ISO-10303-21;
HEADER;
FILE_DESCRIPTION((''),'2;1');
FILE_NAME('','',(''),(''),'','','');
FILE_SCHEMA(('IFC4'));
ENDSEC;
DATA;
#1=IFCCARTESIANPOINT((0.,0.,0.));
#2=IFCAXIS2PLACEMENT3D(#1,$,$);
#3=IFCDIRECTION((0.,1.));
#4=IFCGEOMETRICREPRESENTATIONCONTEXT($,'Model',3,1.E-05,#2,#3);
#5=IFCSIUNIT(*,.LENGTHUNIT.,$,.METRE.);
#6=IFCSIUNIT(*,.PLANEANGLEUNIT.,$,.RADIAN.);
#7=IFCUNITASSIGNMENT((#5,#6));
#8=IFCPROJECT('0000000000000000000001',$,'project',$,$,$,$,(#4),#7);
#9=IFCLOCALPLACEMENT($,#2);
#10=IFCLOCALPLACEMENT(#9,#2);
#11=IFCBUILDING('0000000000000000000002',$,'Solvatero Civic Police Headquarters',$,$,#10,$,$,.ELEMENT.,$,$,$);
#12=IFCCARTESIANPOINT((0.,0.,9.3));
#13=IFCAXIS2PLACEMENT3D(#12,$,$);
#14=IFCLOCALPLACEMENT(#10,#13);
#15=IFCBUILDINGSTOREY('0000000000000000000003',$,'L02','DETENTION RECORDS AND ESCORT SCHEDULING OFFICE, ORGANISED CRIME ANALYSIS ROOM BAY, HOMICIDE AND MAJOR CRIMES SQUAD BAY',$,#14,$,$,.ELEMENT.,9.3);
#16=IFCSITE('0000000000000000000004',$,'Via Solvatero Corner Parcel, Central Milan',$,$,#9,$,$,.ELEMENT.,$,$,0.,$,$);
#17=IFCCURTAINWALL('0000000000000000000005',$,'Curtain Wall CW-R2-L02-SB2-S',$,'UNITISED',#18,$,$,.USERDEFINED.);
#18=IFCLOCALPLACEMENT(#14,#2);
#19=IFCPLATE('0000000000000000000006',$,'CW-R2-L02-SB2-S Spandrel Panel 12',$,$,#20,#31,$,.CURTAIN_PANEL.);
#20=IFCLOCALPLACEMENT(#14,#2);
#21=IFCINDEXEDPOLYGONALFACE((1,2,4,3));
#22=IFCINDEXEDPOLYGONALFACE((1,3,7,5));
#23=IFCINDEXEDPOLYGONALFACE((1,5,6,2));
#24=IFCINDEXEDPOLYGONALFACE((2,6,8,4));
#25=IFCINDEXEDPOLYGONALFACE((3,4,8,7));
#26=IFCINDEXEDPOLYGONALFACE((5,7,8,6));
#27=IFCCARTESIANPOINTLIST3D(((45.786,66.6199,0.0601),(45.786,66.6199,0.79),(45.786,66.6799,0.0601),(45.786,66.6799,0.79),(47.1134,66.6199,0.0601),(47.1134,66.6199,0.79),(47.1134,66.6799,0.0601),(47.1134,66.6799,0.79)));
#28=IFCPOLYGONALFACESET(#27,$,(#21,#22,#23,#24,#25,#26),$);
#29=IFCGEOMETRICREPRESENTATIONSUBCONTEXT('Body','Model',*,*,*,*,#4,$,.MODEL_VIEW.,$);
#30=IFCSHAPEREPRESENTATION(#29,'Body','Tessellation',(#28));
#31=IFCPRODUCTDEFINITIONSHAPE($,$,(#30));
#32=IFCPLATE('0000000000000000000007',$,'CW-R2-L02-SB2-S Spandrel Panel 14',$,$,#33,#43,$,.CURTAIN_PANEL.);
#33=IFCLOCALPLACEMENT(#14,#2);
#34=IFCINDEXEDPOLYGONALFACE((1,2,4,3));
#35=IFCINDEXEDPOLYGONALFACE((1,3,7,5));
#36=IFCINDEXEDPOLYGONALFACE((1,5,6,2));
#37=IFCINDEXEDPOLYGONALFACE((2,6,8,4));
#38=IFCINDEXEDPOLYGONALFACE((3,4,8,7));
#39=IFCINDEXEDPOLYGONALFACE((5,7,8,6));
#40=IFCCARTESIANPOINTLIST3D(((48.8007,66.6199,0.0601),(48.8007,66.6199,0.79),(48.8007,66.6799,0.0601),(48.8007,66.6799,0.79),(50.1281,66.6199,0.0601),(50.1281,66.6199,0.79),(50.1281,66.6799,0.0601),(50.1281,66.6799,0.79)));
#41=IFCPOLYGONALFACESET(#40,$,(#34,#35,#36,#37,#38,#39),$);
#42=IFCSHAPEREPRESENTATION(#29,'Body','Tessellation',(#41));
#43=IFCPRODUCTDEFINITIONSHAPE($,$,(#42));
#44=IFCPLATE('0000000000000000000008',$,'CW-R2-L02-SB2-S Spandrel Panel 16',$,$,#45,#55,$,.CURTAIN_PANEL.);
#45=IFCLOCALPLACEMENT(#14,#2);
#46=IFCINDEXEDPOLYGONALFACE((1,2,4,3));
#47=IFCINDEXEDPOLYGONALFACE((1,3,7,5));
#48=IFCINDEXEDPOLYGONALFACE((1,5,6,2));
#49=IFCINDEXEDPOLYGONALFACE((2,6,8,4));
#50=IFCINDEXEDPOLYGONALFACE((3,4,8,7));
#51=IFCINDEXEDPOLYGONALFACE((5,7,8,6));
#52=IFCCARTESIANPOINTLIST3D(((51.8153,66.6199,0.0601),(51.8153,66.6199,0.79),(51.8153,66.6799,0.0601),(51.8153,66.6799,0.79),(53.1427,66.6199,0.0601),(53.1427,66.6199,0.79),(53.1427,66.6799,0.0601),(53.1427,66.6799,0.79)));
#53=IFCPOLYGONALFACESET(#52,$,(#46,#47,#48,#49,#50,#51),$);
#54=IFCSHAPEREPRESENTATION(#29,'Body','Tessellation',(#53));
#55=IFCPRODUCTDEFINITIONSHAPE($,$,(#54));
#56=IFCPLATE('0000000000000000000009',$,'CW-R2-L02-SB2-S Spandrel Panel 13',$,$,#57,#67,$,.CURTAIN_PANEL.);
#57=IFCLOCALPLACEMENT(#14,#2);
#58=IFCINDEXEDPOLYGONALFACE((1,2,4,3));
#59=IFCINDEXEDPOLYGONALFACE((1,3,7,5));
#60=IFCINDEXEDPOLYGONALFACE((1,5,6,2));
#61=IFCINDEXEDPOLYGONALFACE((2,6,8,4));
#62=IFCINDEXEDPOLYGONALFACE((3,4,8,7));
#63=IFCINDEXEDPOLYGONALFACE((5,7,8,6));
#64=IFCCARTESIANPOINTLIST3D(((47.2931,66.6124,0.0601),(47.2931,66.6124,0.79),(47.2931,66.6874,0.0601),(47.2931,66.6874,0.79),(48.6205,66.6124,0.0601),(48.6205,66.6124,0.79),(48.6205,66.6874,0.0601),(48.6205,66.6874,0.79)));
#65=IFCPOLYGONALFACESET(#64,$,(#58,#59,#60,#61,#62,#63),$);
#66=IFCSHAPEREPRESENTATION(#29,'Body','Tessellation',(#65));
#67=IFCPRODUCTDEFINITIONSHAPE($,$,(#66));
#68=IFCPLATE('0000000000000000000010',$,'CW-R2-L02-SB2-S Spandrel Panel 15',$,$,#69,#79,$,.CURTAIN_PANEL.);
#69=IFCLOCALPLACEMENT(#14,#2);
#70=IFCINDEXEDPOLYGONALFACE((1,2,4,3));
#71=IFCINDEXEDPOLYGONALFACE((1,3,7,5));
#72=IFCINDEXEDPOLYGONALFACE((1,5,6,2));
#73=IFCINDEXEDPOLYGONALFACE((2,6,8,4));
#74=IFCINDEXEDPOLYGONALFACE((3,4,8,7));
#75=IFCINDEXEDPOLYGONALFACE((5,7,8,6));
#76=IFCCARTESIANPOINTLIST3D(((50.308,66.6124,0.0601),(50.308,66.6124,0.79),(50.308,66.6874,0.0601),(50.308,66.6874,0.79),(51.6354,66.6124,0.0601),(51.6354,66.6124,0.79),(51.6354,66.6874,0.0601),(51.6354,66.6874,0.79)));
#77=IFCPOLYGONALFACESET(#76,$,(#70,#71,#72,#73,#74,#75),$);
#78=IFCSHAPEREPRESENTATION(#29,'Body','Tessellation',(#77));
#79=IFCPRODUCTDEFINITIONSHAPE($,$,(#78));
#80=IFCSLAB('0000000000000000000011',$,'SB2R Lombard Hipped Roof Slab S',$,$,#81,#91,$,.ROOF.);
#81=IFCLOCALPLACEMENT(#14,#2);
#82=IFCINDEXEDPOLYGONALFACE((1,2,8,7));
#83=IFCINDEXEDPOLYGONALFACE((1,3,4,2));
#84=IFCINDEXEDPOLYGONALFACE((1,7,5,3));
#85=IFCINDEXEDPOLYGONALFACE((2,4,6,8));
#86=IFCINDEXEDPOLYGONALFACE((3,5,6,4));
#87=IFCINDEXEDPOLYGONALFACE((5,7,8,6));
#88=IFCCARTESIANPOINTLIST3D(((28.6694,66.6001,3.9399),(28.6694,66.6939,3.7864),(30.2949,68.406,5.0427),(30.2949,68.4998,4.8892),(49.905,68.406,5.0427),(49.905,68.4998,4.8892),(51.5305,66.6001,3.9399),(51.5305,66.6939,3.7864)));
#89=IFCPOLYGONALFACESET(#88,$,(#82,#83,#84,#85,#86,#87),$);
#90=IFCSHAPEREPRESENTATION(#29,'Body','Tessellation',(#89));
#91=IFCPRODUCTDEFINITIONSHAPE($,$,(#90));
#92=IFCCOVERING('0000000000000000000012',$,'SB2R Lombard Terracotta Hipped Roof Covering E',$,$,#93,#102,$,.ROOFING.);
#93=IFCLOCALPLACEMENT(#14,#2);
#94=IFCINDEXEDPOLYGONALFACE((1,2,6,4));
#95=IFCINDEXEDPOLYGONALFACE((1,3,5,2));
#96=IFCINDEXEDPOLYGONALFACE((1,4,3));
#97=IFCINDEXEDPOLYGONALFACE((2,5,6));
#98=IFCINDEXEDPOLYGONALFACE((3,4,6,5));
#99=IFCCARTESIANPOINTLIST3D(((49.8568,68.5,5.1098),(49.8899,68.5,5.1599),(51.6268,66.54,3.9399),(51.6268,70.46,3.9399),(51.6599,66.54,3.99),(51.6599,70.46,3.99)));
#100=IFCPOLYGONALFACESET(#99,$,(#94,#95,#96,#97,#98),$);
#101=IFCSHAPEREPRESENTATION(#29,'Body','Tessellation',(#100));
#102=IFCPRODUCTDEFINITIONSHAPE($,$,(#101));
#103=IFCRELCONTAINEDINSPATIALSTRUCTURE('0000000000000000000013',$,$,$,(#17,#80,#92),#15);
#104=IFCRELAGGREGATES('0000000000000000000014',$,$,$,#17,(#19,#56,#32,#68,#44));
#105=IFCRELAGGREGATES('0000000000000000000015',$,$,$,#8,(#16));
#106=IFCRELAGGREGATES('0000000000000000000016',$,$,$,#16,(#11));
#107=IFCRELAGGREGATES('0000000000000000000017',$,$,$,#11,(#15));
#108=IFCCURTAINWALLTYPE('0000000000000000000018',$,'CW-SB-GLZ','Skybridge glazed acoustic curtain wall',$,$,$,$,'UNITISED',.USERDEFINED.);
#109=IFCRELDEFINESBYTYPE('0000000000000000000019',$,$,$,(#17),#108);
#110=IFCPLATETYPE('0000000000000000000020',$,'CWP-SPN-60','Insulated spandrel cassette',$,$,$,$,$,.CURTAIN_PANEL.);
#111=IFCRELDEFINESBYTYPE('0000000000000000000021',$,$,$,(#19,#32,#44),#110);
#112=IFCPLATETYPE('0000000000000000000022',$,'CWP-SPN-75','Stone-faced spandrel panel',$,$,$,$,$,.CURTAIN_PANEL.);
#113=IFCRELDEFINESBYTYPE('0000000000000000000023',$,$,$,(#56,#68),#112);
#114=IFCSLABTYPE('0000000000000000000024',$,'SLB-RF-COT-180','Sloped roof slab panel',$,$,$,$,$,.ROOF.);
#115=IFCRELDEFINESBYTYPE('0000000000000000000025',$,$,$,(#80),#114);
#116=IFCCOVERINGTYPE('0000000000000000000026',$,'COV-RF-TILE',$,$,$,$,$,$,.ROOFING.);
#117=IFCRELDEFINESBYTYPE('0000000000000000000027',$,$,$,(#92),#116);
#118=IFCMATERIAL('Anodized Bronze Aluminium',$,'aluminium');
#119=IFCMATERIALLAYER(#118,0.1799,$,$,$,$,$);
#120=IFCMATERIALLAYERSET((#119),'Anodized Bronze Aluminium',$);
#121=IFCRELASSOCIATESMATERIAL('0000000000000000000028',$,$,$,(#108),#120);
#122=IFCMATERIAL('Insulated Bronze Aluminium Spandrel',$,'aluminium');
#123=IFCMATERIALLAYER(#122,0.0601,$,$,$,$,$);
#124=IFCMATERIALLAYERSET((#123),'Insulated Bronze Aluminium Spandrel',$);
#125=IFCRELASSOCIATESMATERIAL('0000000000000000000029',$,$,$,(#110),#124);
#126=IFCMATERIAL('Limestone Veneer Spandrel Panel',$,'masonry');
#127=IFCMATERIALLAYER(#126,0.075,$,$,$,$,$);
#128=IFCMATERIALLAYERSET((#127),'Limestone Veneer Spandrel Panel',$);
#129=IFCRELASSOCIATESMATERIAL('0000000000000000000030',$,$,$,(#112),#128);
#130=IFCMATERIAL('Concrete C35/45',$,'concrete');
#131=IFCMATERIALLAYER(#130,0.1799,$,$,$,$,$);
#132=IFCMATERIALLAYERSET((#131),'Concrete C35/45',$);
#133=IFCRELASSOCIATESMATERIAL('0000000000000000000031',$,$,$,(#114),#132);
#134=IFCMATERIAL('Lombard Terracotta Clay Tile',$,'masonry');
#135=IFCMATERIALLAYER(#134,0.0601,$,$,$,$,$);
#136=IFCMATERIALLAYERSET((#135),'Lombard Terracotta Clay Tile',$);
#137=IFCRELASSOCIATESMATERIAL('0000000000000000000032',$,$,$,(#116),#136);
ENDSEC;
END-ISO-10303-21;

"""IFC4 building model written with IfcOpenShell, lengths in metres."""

from ifc_helpers import new_model, si_unit, direction, frame, origin, origin_2d, place, context, subcontext, project, spatial, polyline, rectangle, outline, extrude, material, layer, layer_set, type_object, element, aggregate, save


model = new_model("IFC4")

# Units and contexts
model_context = context("Model", 3, precision=1e-05, world=origin(), true_north=direction((0.0, 1.0)))
body_context = subcontext(model_context, "Body", "Model", "MODEL_VIEW")
ifc_project = project(units=[si_unit("LENGTHUNIT", "METRE"), si_unit("PLANEANGLEUNIT", "RADIAN")], contexts=[model_context])

# Site, building, storey
site_placement = place(None, origin())
site = spatial("IfcSite", under=ifc_project, at=site_placement, Name="Via Solvatero Corner Parcel, Central Milan", CompositionType="ELEMENT", RefElevation=0.0)
building_placement = place(site_placement, origin())
building = spatial("IfcBuilding", under=site, at=building_placement, Name="Solvatero Civic Police Headquarters", CompositionType="ELEMENT")
storey_placement = place(building_placement, frame((0.0, 0.0, 9.3)))
storey = spatial("IfcBuildingStorey", under=building, at=storey_placement, Name="L02", Description="DETENTION RECORDS AND ESCORT SCHEDULING OFFICE, ORGANISED CRIME ANALYSIS ROOM BAY, HOMICIDE AND MAJOR CRIMES SQUAD BAY", CompositionType="ELEMENT", Elevation=9.3)

# Shared definitions
ifc_material_1 = material(Name="Anodized Bronze Aluminium", Category="aluminium")

# Curtain wall
ifc_layer_1 = layer(ifc_material_1, 0.1799)
ifc_layer_set_1 = layer_set([ifc_layer_1], Name="Anodized Bronze Aluminium")
curtain_wall_type_1 = type_object("IfcCurtainWallType", Name="CW-SB-GLZ", Description="Skybridge glazed acoustic curtain wall", ElementType="UNITISED", PredefinedType="USERDEFINED", material=ifc_layer_set_1)
curtain_wall_1_placement = place(storey_placement, origin())
curtain_wall_1 = element("IfcCurtainWall", 1, at=curtain_wall_1_placement, inside=storey, type_object=curtain_wall_type_1, Name="Curtain Wall CW-R2-L02-SB2-S", ObjectType="UNITISED", PredefinedType="USERDEFINED")

# Plates
ifc_material_2 = material(Name="Insulated Bronze Aluminium Spandrel", Category="aluminium")
ifc_layer_2 = layer(ifc_material_2, 0.0601)
ifc_layer_set_2 = layer_set([ifc_layer_2], Name="Insulated Bronze Aluminium Spandrel")
plate_type_1 = type_object("IfcPlateType", Name="CWP-SPN-60", Description="Insulated spandrel cassette", PredefinedType="CURTAIN_PANEL", material=ifc_layer_set_2)
plate_1_placement = place(storey_placement, frame((46.4497, 66.6499, 0.0601), z_axis=(0.0, 0.0, 1.0), x_axis=(1.0, 0.0, 0.0)))
plate_1 = element("IfcPlate", 2, at=plate_1_placement, type_object=plate_type_1, Name="CW-R2-L02-SB2-S Spandrel Panel 12", PredefinedType="CURTAIN_PANEL", context=body_context, shape_type="SweptSolid", body=[
    extrude(rectangle(XDim=1.3274, YDim=0.0601, at=origin_2d()), origin(), (0.0, 0.0, 1.0), 0.73),
])
plate_2_placement = place(storey_placement, frame((49.4644, 66.6499, 0.0601), z_axis=(0.0, 0.0, 1.0), x_axis=(1.0, 0.0, 0.0)))
plate_2 = element("IfcPlate", 3, at=plate_2_placement, type_object=plate_type_1, Name="CW-R2-L02-SB2-S Spandrel Panel 14", PredefinedType="CURTAIN_PANEL", context=body_context, shape_type="SweptSolid", body=[
    extrude(rectangle(XDim=1.3274, YDim=0.0601, at=origin_2d()), origin(), (0.0, 0.0, 1.0), 0.73),
])
plate_3_placement = place(storey_placement, frame((52.479, 66.6499, 0.0601), z_axis=(0.0, 0.0, 1.0), x_axis=(1.0, 0.0, 0.0)))
plate_3 = element("IfcPlate", 4, at=plate_3_placement, type_object=plate_type_1, Name="CW-R2-L02-SB2-S Spandrel Panel 16", PredefinedType="CURTAIN_PANEL", context=body_context, shape_type="SweptSolid", body=[
    extrude(rectangle(XDim=1.3274, YDim=0.0601, at=origin_2d()), origin(), (0.0, 0.0, 1.0), 0.73),
])
ifc_material_3 = material(Name="Limestone Veneer Spandrel Panel", Category="masonry")
ifc_layer_3 = layer(ifc_material_3, 0.075)
ifc_layer_set_3 = layer_set([ifc_layer_3], Name="Limestone Veneer Spandrel Panel")
plate_type_2 = type_object("IfcPlateType", Name="CWP-SPN-75", Description="Stone-faced spandrel panel", PredefinedType="CURTAIN_PANEL", material=ifc_layer_set_3)
plate_4_placement = place(storey_placement, frame((47.9568, 66.6499, 0.0601), z_axis=(0.0, 0.0, 1.0), x_axis=(1.0, 0.0, 0.0)))
plate_4 = element("IfcPlate", 5, at=plate_4_placement, type_object=plate_type_2, Name="CW-R2-L02-SB2-S Spandrel Panel 13", PredefinedType="CURTAIN_PANEL", context=body_context, shape_type="SweptSolid", body=[
    extrude(rectangle(XDim=1.3274, YDim=0.075, at=origin_2d()), origin(), (0.0, 0.0, 1.0), 0.73),
])
plate_5_placement = place(storey_placement, frame((50.9717, 66.6499, 0.0601), z_axis=(0.0, 0.0, 1.0), x_axis=(1.0, 0.0, 0.0)))
plate_5 = element("IfcPlate", 6, at=plate_5_placement, type_object=plate_type_2, Name="CW-R2-L02-SB2-S Spandrel Panel 15", PredefinedType="CURTAIN_PANEL", context=body_context, shape_type="SweptSolid", body=[
    extrude(rectangle(XDim=1.3274, YDim=0.075, at=origin_2d()), origin(), (0.0, 0.0, 1.0), 0.73),
])
aggregate(curtain_wall_1, [plate_1, plate_4, plate_2, plate_5, plate_3])

# Slab
ifc_material_4 = material(Name="Concrete C35/45", Category="concrete")
ifc_layer_4 = layer(ifc_material_4, 0.1799)
ifc_layer_set_4 = layer_set([ifc_layer_4], Name="Concrete C35/45")
slab_type = type_object("IfcSlabType", Name="SLB-RF-COT-180", Description="Sloped roof slab panel", PredefinedType="ROOF", material=ifc_layer_set_4)
slab_placement = place(storey_placement, frame((49.905, 68.406, 5.0427), z_axis=(0.0, -0.521165, 0.853456), x_axis=(0.609193, -0.676809, -0.413296)))
element("IfcSlab", 7, at=slab_placement, inside=storey, type_object=slab_type, Name="SB2R Lombard Hipped Roof Slab S", PredefinedType="ROOF", context=body_context, shape_type="SweptSolid", body=[
    extrude(outline(polyline([(0.0, 0.0), (2.6683, 0.0), (-11.2585, -18.1293), (-11.9463, -15.5513), (0.0, 0.0)])), origin(), (0.0, 0.0, -1.0), 0.1799),
])

# Covering
ifc_material_5 = material(Name="Lombard Terracotta Clay Tile", Category="masonry")
ifc_layer_5 = layer(ifc_material_5, 0.0601)
ifc_layer_set_5 = layer_set([ifc_layer_5], Name="Lombard Terracotta Clay Tile")
covering_type = type_object("IfcCoveringType", Name="COV-RF-TILE", PredefinedType="ROOFING", material=ifc_layer_set_5)
covering_placement = place(storey_placement, frame((51.6599, 66.54, 3.99), z_axis=(0.551403, 0.0, 0.834239), x_axis=(0.0, 1.0, 0.0)))
element("IfcCovering", 8, at=covering_placement, inside=storey, type_object=covering_type, Name="SB2R Lombard Terracotta Hipped Roof Covering E", PredefinedType="ROOFING", context=body_context, shape_type="SweptSolid", body=[
    extrude(outline(polyline([(0.0, 0.0), (3.9199, 0.0), (1.96, 2.1217), (0.0, 0.0)])), origin(), (0.0, 0.0, -1.0), 0.0601),
])

save(model, "model.ifc")
